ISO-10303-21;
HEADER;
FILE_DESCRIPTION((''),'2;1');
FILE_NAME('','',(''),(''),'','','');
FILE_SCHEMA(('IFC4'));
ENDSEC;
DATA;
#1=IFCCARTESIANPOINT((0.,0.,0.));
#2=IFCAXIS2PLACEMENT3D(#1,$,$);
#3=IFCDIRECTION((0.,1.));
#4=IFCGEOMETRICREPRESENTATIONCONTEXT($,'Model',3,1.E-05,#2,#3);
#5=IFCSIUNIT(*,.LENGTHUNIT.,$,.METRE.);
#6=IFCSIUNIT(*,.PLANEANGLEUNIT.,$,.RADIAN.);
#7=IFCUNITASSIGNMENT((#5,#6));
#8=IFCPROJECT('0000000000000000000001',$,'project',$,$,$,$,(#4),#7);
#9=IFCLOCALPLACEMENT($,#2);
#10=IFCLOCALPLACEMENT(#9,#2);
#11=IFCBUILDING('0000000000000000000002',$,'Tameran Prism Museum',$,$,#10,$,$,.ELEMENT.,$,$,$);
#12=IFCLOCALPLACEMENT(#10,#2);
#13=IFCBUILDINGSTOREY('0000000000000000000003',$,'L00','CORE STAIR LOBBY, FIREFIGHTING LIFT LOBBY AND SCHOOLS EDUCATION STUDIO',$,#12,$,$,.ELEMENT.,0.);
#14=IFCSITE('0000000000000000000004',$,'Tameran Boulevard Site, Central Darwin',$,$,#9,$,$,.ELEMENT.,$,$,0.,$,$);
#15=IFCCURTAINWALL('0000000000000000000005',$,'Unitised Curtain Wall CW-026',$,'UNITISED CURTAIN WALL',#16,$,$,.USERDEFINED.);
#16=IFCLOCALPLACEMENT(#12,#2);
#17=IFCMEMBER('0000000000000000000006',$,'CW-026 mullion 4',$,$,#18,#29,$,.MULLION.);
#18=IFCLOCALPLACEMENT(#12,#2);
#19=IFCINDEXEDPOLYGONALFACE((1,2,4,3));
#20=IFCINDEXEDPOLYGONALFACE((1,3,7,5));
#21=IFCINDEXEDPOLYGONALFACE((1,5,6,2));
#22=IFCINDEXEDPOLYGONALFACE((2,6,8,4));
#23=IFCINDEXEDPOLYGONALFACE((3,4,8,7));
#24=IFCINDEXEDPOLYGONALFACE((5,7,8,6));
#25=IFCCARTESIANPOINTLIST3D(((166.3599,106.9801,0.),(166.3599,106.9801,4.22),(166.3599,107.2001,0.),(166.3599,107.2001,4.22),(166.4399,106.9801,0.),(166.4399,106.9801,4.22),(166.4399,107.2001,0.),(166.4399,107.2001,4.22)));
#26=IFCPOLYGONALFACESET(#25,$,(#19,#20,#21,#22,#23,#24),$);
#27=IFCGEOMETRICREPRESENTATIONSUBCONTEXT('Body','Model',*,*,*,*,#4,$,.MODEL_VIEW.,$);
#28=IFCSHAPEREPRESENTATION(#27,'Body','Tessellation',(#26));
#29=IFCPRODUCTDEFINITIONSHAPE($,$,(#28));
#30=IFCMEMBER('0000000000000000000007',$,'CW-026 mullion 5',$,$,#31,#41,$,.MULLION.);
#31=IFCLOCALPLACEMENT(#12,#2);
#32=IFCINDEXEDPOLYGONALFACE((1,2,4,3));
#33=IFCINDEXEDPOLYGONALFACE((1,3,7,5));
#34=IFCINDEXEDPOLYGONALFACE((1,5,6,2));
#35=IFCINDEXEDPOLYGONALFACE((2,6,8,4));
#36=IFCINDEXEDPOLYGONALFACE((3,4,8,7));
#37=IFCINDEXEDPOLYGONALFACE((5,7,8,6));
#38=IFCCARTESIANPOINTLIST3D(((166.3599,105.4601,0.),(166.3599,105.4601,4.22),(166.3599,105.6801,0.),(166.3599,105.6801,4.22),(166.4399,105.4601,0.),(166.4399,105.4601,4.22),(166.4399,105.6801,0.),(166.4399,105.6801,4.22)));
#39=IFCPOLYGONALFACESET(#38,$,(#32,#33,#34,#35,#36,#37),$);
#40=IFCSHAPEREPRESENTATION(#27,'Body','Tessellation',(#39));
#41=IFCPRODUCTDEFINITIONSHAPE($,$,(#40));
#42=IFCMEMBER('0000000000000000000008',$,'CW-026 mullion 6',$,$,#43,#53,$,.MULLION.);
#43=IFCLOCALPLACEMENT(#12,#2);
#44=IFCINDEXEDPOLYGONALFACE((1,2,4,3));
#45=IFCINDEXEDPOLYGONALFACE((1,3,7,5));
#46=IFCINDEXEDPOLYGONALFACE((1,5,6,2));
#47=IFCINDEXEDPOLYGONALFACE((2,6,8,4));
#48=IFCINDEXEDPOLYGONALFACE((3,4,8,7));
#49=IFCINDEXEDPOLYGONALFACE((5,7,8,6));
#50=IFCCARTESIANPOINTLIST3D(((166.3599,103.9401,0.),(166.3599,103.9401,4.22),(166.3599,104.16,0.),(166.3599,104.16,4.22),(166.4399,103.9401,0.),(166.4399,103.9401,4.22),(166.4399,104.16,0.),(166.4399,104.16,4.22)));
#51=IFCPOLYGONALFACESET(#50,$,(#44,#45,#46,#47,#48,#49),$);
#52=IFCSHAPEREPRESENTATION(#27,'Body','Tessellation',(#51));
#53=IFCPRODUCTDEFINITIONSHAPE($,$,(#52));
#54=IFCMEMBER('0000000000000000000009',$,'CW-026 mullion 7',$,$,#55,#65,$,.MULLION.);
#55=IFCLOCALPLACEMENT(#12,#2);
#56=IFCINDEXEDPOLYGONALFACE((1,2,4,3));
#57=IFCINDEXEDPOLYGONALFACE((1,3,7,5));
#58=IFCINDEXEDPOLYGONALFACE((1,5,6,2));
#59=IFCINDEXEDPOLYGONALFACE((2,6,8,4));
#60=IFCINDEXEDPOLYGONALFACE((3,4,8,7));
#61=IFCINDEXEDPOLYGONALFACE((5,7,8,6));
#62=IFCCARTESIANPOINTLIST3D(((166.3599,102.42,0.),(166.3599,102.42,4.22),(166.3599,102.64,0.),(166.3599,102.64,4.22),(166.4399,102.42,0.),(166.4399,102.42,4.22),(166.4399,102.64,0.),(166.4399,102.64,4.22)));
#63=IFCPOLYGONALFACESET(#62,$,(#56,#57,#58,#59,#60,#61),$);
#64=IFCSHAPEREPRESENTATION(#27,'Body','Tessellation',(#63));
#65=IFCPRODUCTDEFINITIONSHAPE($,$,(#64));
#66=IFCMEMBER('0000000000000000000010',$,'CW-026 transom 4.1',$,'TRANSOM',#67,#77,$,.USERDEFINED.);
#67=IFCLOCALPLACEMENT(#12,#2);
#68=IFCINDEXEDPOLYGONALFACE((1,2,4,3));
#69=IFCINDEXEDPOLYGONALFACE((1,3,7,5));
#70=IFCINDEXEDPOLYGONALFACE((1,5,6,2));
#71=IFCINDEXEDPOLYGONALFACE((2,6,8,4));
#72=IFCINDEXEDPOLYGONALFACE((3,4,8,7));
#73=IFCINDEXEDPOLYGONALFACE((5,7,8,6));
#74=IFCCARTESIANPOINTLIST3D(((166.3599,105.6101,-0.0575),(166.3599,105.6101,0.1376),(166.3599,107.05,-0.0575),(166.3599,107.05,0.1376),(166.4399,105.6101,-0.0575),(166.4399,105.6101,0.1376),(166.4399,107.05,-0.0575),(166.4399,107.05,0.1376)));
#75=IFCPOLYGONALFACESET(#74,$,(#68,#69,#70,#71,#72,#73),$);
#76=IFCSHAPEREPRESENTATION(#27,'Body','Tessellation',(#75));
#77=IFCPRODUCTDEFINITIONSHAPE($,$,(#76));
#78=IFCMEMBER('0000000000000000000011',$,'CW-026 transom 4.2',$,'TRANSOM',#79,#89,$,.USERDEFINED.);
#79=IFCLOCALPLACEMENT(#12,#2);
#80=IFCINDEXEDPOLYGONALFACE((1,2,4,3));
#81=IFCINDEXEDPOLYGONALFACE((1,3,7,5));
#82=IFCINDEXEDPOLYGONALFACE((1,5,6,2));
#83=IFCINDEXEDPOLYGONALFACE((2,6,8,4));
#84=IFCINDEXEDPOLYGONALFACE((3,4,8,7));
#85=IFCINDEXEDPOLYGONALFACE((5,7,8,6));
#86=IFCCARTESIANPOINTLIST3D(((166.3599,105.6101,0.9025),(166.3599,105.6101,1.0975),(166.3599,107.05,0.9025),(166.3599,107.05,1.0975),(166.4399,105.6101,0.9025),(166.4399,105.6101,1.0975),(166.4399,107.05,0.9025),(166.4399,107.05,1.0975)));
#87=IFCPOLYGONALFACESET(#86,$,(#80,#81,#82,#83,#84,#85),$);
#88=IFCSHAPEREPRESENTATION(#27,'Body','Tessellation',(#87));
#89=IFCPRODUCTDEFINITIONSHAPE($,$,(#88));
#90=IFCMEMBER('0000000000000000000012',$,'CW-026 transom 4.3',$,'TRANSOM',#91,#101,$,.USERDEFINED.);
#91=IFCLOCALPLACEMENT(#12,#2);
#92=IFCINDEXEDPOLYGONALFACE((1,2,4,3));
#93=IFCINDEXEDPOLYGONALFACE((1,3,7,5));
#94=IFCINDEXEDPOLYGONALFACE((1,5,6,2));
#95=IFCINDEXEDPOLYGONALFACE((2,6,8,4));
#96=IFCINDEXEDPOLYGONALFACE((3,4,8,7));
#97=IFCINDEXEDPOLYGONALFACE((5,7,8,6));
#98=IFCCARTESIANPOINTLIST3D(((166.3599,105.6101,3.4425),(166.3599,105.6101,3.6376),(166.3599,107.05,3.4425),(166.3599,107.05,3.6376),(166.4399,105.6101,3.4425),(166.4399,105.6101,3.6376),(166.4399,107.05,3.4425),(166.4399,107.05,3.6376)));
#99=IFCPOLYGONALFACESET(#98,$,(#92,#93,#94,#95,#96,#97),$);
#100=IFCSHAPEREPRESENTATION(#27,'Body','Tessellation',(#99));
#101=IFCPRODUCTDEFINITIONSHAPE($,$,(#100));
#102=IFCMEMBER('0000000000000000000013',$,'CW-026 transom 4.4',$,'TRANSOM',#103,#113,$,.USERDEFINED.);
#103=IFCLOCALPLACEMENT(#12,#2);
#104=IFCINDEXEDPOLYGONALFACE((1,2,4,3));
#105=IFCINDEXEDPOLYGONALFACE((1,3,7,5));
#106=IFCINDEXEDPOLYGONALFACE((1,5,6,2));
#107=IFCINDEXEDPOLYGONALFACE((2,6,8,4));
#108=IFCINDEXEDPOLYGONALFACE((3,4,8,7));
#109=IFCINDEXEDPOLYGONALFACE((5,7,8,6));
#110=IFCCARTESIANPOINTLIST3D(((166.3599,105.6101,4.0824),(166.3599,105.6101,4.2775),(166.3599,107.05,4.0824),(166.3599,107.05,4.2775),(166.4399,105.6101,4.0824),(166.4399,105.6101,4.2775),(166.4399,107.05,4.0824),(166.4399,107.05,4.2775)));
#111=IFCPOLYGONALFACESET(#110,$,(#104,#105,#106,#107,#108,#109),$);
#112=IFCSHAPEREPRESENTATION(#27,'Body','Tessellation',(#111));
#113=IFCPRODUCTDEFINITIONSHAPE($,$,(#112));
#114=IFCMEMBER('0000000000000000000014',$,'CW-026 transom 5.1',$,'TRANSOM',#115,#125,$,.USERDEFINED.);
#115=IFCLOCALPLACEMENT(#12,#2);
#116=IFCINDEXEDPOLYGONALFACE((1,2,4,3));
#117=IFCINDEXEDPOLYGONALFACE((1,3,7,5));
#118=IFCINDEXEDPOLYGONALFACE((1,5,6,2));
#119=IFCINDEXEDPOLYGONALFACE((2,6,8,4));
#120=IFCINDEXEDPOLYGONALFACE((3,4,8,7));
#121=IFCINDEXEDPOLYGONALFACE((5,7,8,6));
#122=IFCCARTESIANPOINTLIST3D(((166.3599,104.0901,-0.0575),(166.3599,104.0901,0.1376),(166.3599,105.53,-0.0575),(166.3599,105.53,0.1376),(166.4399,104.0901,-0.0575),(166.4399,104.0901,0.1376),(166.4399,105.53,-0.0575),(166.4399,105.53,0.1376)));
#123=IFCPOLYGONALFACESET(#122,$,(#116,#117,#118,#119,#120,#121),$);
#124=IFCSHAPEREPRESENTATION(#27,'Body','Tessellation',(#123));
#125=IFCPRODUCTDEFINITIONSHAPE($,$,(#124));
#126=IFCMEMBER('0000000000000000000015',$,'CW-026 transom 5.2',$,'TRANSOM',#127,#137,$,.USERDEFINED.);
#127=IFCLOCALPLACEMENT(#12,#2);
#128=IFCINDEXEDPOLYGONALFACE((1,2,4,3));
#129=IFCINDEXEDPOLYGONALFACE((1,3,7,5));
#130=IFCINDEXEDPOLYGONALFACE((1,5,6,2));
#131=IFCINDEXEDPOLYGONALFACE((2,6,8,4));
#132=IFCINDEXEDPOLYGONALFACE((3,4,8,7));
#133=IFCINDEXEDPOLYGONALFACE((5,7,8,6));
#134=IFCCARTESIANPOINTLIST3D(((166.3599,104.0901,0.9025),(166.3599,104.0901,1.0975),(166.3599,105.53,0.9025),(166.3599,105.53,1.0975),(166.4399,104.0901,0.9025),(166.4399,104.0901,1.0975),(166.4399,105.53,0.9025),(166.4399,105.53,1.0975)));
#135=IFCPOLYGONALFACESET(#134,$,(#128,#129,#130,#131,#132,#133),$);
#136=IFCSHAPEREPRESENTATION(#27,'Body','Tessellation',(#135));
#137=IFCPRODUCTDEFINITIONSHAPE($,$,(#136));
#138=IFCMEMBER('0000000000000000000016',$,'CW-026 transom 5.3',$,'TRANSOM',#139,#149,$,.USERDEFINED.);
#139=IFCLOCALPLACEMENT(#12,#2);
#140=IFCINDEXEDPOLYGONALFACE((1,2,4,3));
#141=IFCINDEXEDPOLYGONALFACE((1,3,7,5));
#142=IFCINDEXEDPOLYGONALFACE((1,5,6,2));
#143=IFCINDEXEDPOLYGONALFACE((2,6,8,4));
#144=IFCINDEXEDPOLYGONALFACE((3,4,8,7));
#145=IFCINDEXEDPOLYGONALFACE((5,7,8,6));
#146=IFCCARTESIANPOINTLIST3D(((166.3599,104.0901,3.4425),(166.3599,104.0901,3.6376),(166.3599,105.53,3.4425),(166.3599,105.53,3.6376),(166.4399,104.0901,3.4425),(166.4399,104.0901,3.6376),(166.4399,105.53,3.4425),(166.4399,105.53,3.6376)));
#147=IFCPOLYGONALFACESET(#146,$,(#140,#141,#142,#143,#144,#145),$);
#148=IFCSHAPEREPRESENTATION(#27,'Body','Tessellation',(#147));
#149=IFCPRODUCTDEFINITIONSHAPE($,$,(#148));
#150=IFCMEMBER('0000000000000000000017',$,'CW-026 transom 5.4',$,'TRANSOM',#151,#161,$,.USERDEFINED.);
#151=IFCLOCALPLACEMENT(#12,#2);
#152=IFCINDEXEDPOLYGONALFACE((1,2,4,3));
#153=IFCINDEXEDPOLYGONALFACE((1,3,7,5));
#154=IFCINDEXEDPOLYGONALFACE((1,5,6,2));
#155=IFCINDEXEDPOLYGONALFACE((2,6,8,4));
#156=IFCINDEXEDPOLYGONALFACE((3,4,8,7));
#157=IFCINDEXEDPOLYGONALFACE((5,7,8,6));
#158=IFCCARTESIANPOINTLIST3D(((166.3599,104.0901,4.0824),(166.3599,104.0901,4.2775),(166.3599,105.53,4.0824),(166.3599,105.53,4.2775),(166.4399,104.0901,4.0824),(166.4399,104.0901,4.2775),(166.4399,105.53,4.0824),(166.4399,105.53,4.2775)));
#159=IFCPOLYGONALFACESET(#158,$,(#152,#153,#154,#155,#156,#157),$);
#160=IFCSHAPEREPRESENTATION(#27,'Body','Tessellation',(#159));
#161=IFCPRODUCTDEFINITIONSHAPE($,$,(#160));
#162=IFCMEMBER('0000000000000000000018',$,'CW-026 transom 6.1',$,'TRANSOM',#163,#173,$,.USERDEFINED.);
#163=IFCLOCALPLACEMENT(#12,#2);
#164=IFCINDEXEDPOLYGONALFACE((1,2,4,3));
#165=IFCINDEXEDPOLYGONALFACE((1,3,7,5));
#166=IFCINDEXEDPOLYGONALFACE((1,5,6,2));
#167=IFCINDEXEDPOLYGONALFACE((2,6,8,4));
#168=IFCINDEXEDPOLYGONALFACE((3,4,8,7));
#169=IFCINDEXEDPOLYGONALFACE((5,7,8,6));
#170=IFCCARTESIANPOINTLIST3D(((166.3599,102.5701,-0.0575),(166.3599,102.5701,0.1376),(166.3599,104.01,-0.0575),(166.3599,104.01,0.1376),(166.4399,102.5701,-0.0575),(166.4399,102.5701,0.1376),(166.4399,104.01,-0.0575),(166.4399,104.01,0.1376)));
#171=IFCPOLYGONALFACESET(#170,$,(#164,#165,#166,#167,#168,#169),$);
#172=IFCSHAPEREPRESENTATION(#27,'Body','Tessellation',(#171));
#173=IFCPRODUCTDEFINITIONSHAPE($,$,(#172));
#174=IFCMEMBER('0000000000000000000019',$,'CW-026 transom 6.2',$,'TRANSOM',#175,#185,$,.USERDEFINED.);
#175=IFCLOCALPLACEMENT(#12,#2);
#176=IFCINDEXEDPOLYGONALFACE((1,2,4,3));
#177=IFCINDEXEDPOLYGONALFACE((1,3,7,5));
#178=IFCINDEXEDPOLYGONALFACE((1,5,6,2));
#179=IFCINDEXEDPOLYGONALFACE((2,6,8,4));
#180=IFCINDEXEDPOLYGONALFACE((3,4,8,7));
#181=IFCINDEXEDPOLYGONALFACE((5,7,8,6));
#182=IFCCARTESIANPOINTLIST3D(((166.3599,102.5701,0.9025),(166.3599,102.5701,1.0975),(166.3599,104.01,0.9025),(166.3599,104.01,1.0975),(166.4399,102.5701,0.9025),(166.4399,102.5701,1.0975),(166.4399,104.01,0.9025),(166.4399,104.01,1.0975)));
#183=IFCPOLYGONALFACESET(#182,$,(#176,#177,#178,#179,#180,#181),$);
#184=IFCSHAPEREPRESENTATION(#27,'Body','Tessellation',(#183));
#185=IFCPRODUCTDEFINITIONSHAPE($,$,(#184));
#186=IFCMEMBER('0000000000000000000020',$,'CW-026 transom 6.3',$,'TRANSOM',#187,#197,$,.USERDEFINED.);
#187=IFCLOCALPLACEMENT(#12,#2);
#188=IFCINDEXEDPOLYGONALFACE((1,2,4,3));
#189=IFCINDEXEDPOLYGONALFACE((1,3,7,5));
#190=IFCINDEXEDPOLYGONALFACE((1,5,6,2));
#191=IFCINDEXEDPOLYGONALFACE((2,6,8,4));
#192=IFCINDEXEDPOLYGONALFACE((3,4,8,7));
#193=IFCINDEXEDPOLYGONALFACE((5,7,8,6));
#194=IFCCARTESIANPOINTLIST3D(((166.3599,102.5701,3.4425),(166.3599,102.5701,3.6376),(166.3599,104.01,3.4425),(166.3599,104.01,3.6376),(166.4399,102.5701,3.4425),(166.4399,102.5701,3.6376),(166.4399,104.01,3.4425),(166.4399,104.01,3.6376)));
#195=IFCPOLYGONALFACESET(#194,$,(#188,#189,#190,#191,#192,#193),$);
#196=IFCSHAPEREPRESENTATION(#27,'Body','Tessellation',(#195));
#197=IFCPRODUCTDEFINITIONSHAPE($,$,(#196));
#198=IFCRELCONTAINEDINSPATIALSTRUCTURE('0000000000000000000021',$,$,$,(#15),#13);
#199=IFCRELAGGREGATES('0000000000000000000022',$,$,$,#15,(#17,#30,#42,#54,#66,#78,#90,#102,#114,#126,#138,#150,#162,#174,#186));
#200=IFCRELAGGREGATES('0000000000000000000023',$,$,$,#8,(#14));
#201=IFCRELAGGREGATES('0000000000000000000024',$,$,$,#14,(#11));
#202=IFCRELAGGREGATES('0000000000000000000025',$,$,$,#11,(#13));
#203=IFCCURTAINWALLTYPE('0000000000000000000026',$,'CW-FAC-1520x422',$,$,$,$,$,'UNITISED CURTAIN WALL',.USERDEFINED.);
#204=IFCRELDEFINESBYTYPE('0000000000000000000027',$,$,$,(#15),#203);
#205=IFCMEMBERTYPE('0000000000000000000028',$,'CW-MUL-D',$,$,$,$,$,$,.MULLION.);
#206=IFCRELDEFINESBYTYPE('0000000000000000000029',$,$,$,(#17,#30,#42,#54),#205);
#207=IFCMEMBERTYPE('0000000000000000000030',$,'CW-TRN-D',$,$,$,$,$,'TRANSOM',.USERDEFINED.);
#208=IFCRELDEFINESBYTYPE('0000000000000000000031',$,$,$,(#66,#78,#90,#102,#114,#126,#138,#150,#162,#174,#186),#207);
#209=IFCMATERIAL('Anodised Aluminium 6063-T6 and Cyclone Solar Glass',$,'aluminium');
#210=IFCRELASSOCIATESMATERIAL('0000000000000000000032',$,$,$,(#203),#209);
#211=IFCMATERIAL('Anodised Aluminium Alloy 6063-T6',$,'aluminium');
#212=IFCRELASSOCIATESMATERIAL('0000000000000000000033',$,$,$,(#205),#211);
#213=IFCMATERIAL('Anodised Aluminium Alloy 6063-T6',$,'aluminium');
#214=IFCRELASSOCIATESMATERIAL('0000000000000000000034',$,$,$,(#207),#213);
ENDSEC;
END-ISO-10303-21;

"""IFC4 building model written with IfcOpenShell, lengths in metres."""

from ifc_helpers import new_model, si_unit, direction, frame, origin, origin_2d, place, context, subcontext, project, spatial, rectangle, extrude, material, material_profile, profile_set, type_object, element, aggregate, save


model = new_model("IFC4")

# Units and contexts
model_context = context("Model", 3, precision=1e-05, world=origin(), true_north=direction((0.0, 1.0)))
body_context = subcontext(model_context, "Body", "Model", "MODEL_VIEW")
ifc_project = project(units=[si_unit("LENGTHUNIT", "METRE"), si_unit("PLANEANGLEUNIT", "RADIAN")], contexts=[model_context])

# Site, building, storey
site_placement = place(None, origin())
site = spatial("IfcSite", under=ifc_project, at=site_placement, Name="Tameran Boulevard Site, Central Darwin", CompositionType="ELEMENT", RefElevation=0.0)
building_placement = place(site_placement, origin())
building = spatial("IfcBuilding", under=site, at=building_placement, Name="Tameran Prism Museum", CompositionType="ELEMENT")
storey_placement = place(building_placement, origin())
storey = spatial("IfcBuildingStorey", under=building, at=storey_placement, Name="L00", Description="CORE STAIR LOBBY, FIREFIGHTING LIFT LOBBY AND SCHOOLS EDUCATION STUDIO", CompositionType="ELEMENT", Elevation=0.0)

# Curtain wall, members
ifc_material_1 = material(Name="Anodised Aluminium 6063-T6 and Cyclone Solar Glass", Category="aluminium")
curtain_wall_type = type_object("IfcCurtainWallType", Name="CW-FAC-1520x422", ElementType="UNITISED CURTAIN WALL", PredefinedType="USERDEFINED", material=ifc_material_1)
curtain_wall_placement = place(storey_placement, origin())
curtain_wall = element("IfcCurtainWall", 1, at=curtain_wall_placement, inside=storey, type_object=curtain_wall_type, Name="Unitised Curtain Wall CW-026", ObjectType="UNITISED CURTAIN WALL", PredefinedType="USERDEFINED")
ifc_material_2 = material(Name="Anodised Aluminium Alloy 6063-T6", Category="aluminium")
ifc_material_profile_1 = material_profile(ifc_material_2, rectangle(XDim=0.0801, YDim=0.22, at=origin_2d()))
ifc_profile_set_1 = profile_set([ifc_material_profile_1])
member_type_1 = type_object("IfcMemberType", Name="CW-MUL-D", PredefinedType="MULLION", material=ifc_profile_set_1)
member_1_placement = place(storey_placement, frame((166.3999, 107.0901, 0.0), z_axis=(0.0, 0.0, 1.0), x_axis=(1.0, 0.0, 0.0)))
member_1 = element("IfcMember", 2, at=member_1_placement, type_object=member_type_1, Name="CW-026 mullion 4", PredefinedType="MULLION", context=body_context, shape_type="SweptSolid", body=[
    extrude(rectangle(XDim=0.0801, YDim=0.22, at=origin_2d()), origin(), (0.0, 0.0, 1.0), 4.22),
])
member_2_placement = place(storey_placement, frame((166.3999, 105.5701, 0.0), z_axis=(0.0, 0.0, 1.0), x_axis=(1.0, 0.0, 0.0)))
member_2 = element("IfcMember", 3, at=member_2_placement, type_object=member_type_1, Name="CW-026 mullion 5", PredefinedType="MULLION", context=body_context, shape_type="SweptSolid", body=[
    extrude(rectangle(XDim=0.0801, YDim=0.22, at=origin_2d()), origin(), (0.0, 0.0, 1.0), 4.22),
])
member_3_placement = place(storey_placement, frame((166.3999, 104.05, 0.0), z_axis=(0.0, 0.0, 1.0), x_axis=(1.0, 0.0, 0.0)))
member_3 = element("IfcMember", 4, at=member_3_placement, type_object=member_type_1, Name="CW-026 mullion 6", PredefinedType="MULLION", context=body_context, shape_type="SweptSolid", body=[
    extrude(rectangle(XDim=0.0801, YDim=0.22, at=origin_2d()), origin(), (0.0, 0.0, 1.0), 4.22),
])
member_4_placement = place(storey_placement, frame((166.3999, 102.53, 0.0), z_axis=(0.0, 0.0, 1.0), x_axis=(1.0, 0.0, 0.0)))
member_4 = element("IfcMember", 5, at=member_4_placement, type_object=member_type_1, Name="CW-026 mullion 7", PredefinedType="MULLION", context=body_context, shape_type="SweptSolid", body=[
    extrude(rectangle(XDim=0.0801, YDim=0.22, at=origin_2d()), origin(), (0.0, 0.0, 1.0), 4.22),
])
ifc_material_3 = material(Name="Anodised Aluminium Alloy 6063-T6", Category="aluminium")
ifc_material_profile_2 = material_profile(ifc_material_3, rectangle(XDim=0.0801, YDim=0.1951, at=origin_2d()))
ifc_profile_set_2 = profile_set([ifc_material_profile_2])
member_type_2 = type_object("IfcMemberType", Name="CW-TRN-D", ElementType="TRANSOM", PredefinedType="USERDEFINED", material=ifc_profile_set_2)
member_5_placement = place(storey_placement, frame((166.3999, 107.05, 0.04), z_axis=(0.0, -1.0, 0.0), x_axis=(1.0, 0.0, 0.0)))
member_5 = element("IfcMember", 6, at=member_5_placement, type_object=member_type_2, Name="CW-026 transom 4.1", ObjectType="TRANSOM", PredefinedType="USERDEFINED", context=body_context, shape_type="SweptSolid", body=[
    extrude(rectangle(XDim=0.0801, YDim=0.1951, at=origin_2d()), origin(), (0.0, 0.0, 1.0), 1.4399),
])
member_6_placement = place(storey_placement, frame((166.3999, 107.05, 1.0), z_axis=(0.0, -1.0, 0.0), x_axis=(1.0, 0.0, 0.0)))
member_6 = element("IfcMember", 7, at=member_6_placement, type_object=member_type_2, Name="CW-026 transom 4.2", ObjectType="TRANSOM", PredefinedType="USERDEFINED", context=body_context, shape_type="SweptSolid", body=[
    extrude(rectangle(XDim=0.0801, YDim=0.1951, at=origin_2d()), origin(), (0.0, 0.0, 1.0), 1.4399),
])
member_7_placement = place(storey_placement, frame((166.3999, 107.05, 3.54), z_axis=(0.0, -1.0, 0.0), x_axis=(1.0, 0.0, 0.0)))
member_7 = element("IfcMember", 8, at=member_7_placement, type_object=member_type_2, Name="CW-026 transom 4.3", ObjectType="TRANSOM", PredefinedType="USERDEFINED", context=body_context, shape_type="SweptSolid", body=[
    extrude(rectangle(XDim=0.0801, YDim=0.1951, at=origin_2d()), origin(), (0.0, 0.0, 1.0), 1.4399),
])
member_8_placement = place(storey_placement, frame((166.3999, 107.05, 4.1799), z_axis=(0.0, -1.0, 0.0), x_axis=(1.0, 0.0, 0.0)))
member_8 = element("IfcMember", 9, at=member_8_placement, type_object=member_type_2, Name="CW-026 transom 4.4", ObjectType="TRANSOM", PredefinedType="USERDEFINED", context=body_context, shape_type="SweptSolid", body=[
    extrude(rectangle(XDim=0.0801, YDim=0.1951, at=origin_2d()), origin(), (0.0, 0.0, 1.0), 1.4399),
])
member_9_placement = place(storey_placement, frame((166.3999, 105.53, 0.04), z_axis=(0.0, -1.0, 0.0), x_axis=(1.0, 0.0, 0.0)))
member_9 = element("IfcMember", 10, at=member_9_placement, type_object=member_type_2, Name="CW-026 transom 5.1", ObjectType="TRANSOM", PredefinedType="USERDEFINED", context=body_context, shape_type="SweptSolid", body=[
    extrude(rectangle(XDim=0.0801, YDim=0.1951, at=origin_2d()), origin(), (0.0, 0.0, 1.0), 1.4399),
])
member_10_placement = place(storey_placement, frame((166.3999, 105.53, 1.0), z_axis=(0.0, -1.0, 0.0), x_axis=(1.0, 0.0, 0.0)))
member_10 = element("IfcMember", 11, at=member_10_placement, type_object=member_type_2, Name="CW-026 transom 5.2", ObjectType="TRANSOM", PredefinedType="USERDEFINED", context=body_context, shape_type="SweptSolid", body=[
    extrude(rectangle(XDim=0.0801, YDim=0.1951, at=origin_2d()), origin(), (0.0, 0.0, 1.0), 1.4399),
])
member_11_placement = place(storey_placement, frame((166.3999, 105.53, 3.54), z_axis=(0.0, -1.0, 0.0), x_axis=(1.0, 0.0, 0.0)))
member_11 = element("IfcMember", 12, at=member_11_placement, type_object=member_type_2, Name="CW-026 transom 5.3", ObjectType="TRANSOM", PredefinedType="USERDEFINED", context=body_context, shape_type="SweptSolid", body=[
    extrude(rectangle(XDim=0.0801, YDim=0.1951, at=origin_2d()), origin(), (0.0, 0.0, 1.0), 1.4399),
])
member_12_placement = place(storey_placement, frame((166.3999, 105.53, 4.1799), z_axis=(0.0, -1.0, 0.0), x_axis=(1.0, 0.0, 0.0)))
member_12 = element("IfcMember", 13, at=member_12_placement, type_object=member_type_2, Name="CW-026 transom 5.4", ObjectType="TRANSOM", PredefinedType="USERDEFINED", context=body_context, shape_type="SweptSolid", body=[
    extrude(rectangle(XDim=0.0801, YDim=0.1951, at=origin_2d()), origin(), (0.0, 0.0, 1.0), 1.4399),
])
member_13_placement = place(storey_placement, frame((166.3999, 104.01, 0.04), z_axis=(0.0, -1.0, 0.0), x_axis=(1.0, 0.0, 0.0)))
member_13 = element("IfcMember", 14, at=member_13_placement, type_object=member_type_2, Name="CW-026 transom 6.1", ObjectType="TRANSOM", PredefinedType="USERDEFINED", context=body_context, shape_type="SweptSolid", body=[
    extrude(rectangle(XDim=0.0801, YDim=0.1951, at=origin_2d()), origin(), (0.0, 0.0, 1.0), 1.4399),
])
member_14_placement = place(storey_placement, frame((166.3999, 104.01, 1.0), z_axis=(0.0, -1.0, 0.0), x_axis=(1.0, 0.0, 0.0)))
member_14 = element("IfcMember", 15, at=member_14_placement, type_object=member_type_2, Name="CW-026 transom 6.2", ObjectType="TRANSOM", PredefinedType="USERDEFINED", context=body_context, shape_type="SweptSolid", body=[
    extrude(rectangle(XDim=0.0801, YDim=0.1951, at=origin_2d()), origin(), (0.0, 0.0, 1.0), 1.4399),
])
member_15_placement = place(storey_placement, frame((166.3999, 104.01, 3.54), z_axis=(0.0, -1.0, 0.0), x_axis=(1.0, 0.0, 0.0)))
member_15 = element("IfcMember", 16, at=member_15_placement, type_object=member_type_2, Name="CW-026 transom 6.3", ObjectType="TRANSOM", PredefinedType="USERDEFINED", context=body_context, shape_type="SweptSolid", body=[
    extrude(rectangle(XDim=0.0801, YDim=0.1951, at=origin_2d()), origin(), (0.0, 0.0, 1.0), 1.4399),
])
aggregate(curtain_wall, [member_1, member_2, member_3, member_4, member_5, member_6, member_7, member_8, member_9, member_10, member_11, member_12, member_13, member_14, member_15])

save(model, "model.ifc")
